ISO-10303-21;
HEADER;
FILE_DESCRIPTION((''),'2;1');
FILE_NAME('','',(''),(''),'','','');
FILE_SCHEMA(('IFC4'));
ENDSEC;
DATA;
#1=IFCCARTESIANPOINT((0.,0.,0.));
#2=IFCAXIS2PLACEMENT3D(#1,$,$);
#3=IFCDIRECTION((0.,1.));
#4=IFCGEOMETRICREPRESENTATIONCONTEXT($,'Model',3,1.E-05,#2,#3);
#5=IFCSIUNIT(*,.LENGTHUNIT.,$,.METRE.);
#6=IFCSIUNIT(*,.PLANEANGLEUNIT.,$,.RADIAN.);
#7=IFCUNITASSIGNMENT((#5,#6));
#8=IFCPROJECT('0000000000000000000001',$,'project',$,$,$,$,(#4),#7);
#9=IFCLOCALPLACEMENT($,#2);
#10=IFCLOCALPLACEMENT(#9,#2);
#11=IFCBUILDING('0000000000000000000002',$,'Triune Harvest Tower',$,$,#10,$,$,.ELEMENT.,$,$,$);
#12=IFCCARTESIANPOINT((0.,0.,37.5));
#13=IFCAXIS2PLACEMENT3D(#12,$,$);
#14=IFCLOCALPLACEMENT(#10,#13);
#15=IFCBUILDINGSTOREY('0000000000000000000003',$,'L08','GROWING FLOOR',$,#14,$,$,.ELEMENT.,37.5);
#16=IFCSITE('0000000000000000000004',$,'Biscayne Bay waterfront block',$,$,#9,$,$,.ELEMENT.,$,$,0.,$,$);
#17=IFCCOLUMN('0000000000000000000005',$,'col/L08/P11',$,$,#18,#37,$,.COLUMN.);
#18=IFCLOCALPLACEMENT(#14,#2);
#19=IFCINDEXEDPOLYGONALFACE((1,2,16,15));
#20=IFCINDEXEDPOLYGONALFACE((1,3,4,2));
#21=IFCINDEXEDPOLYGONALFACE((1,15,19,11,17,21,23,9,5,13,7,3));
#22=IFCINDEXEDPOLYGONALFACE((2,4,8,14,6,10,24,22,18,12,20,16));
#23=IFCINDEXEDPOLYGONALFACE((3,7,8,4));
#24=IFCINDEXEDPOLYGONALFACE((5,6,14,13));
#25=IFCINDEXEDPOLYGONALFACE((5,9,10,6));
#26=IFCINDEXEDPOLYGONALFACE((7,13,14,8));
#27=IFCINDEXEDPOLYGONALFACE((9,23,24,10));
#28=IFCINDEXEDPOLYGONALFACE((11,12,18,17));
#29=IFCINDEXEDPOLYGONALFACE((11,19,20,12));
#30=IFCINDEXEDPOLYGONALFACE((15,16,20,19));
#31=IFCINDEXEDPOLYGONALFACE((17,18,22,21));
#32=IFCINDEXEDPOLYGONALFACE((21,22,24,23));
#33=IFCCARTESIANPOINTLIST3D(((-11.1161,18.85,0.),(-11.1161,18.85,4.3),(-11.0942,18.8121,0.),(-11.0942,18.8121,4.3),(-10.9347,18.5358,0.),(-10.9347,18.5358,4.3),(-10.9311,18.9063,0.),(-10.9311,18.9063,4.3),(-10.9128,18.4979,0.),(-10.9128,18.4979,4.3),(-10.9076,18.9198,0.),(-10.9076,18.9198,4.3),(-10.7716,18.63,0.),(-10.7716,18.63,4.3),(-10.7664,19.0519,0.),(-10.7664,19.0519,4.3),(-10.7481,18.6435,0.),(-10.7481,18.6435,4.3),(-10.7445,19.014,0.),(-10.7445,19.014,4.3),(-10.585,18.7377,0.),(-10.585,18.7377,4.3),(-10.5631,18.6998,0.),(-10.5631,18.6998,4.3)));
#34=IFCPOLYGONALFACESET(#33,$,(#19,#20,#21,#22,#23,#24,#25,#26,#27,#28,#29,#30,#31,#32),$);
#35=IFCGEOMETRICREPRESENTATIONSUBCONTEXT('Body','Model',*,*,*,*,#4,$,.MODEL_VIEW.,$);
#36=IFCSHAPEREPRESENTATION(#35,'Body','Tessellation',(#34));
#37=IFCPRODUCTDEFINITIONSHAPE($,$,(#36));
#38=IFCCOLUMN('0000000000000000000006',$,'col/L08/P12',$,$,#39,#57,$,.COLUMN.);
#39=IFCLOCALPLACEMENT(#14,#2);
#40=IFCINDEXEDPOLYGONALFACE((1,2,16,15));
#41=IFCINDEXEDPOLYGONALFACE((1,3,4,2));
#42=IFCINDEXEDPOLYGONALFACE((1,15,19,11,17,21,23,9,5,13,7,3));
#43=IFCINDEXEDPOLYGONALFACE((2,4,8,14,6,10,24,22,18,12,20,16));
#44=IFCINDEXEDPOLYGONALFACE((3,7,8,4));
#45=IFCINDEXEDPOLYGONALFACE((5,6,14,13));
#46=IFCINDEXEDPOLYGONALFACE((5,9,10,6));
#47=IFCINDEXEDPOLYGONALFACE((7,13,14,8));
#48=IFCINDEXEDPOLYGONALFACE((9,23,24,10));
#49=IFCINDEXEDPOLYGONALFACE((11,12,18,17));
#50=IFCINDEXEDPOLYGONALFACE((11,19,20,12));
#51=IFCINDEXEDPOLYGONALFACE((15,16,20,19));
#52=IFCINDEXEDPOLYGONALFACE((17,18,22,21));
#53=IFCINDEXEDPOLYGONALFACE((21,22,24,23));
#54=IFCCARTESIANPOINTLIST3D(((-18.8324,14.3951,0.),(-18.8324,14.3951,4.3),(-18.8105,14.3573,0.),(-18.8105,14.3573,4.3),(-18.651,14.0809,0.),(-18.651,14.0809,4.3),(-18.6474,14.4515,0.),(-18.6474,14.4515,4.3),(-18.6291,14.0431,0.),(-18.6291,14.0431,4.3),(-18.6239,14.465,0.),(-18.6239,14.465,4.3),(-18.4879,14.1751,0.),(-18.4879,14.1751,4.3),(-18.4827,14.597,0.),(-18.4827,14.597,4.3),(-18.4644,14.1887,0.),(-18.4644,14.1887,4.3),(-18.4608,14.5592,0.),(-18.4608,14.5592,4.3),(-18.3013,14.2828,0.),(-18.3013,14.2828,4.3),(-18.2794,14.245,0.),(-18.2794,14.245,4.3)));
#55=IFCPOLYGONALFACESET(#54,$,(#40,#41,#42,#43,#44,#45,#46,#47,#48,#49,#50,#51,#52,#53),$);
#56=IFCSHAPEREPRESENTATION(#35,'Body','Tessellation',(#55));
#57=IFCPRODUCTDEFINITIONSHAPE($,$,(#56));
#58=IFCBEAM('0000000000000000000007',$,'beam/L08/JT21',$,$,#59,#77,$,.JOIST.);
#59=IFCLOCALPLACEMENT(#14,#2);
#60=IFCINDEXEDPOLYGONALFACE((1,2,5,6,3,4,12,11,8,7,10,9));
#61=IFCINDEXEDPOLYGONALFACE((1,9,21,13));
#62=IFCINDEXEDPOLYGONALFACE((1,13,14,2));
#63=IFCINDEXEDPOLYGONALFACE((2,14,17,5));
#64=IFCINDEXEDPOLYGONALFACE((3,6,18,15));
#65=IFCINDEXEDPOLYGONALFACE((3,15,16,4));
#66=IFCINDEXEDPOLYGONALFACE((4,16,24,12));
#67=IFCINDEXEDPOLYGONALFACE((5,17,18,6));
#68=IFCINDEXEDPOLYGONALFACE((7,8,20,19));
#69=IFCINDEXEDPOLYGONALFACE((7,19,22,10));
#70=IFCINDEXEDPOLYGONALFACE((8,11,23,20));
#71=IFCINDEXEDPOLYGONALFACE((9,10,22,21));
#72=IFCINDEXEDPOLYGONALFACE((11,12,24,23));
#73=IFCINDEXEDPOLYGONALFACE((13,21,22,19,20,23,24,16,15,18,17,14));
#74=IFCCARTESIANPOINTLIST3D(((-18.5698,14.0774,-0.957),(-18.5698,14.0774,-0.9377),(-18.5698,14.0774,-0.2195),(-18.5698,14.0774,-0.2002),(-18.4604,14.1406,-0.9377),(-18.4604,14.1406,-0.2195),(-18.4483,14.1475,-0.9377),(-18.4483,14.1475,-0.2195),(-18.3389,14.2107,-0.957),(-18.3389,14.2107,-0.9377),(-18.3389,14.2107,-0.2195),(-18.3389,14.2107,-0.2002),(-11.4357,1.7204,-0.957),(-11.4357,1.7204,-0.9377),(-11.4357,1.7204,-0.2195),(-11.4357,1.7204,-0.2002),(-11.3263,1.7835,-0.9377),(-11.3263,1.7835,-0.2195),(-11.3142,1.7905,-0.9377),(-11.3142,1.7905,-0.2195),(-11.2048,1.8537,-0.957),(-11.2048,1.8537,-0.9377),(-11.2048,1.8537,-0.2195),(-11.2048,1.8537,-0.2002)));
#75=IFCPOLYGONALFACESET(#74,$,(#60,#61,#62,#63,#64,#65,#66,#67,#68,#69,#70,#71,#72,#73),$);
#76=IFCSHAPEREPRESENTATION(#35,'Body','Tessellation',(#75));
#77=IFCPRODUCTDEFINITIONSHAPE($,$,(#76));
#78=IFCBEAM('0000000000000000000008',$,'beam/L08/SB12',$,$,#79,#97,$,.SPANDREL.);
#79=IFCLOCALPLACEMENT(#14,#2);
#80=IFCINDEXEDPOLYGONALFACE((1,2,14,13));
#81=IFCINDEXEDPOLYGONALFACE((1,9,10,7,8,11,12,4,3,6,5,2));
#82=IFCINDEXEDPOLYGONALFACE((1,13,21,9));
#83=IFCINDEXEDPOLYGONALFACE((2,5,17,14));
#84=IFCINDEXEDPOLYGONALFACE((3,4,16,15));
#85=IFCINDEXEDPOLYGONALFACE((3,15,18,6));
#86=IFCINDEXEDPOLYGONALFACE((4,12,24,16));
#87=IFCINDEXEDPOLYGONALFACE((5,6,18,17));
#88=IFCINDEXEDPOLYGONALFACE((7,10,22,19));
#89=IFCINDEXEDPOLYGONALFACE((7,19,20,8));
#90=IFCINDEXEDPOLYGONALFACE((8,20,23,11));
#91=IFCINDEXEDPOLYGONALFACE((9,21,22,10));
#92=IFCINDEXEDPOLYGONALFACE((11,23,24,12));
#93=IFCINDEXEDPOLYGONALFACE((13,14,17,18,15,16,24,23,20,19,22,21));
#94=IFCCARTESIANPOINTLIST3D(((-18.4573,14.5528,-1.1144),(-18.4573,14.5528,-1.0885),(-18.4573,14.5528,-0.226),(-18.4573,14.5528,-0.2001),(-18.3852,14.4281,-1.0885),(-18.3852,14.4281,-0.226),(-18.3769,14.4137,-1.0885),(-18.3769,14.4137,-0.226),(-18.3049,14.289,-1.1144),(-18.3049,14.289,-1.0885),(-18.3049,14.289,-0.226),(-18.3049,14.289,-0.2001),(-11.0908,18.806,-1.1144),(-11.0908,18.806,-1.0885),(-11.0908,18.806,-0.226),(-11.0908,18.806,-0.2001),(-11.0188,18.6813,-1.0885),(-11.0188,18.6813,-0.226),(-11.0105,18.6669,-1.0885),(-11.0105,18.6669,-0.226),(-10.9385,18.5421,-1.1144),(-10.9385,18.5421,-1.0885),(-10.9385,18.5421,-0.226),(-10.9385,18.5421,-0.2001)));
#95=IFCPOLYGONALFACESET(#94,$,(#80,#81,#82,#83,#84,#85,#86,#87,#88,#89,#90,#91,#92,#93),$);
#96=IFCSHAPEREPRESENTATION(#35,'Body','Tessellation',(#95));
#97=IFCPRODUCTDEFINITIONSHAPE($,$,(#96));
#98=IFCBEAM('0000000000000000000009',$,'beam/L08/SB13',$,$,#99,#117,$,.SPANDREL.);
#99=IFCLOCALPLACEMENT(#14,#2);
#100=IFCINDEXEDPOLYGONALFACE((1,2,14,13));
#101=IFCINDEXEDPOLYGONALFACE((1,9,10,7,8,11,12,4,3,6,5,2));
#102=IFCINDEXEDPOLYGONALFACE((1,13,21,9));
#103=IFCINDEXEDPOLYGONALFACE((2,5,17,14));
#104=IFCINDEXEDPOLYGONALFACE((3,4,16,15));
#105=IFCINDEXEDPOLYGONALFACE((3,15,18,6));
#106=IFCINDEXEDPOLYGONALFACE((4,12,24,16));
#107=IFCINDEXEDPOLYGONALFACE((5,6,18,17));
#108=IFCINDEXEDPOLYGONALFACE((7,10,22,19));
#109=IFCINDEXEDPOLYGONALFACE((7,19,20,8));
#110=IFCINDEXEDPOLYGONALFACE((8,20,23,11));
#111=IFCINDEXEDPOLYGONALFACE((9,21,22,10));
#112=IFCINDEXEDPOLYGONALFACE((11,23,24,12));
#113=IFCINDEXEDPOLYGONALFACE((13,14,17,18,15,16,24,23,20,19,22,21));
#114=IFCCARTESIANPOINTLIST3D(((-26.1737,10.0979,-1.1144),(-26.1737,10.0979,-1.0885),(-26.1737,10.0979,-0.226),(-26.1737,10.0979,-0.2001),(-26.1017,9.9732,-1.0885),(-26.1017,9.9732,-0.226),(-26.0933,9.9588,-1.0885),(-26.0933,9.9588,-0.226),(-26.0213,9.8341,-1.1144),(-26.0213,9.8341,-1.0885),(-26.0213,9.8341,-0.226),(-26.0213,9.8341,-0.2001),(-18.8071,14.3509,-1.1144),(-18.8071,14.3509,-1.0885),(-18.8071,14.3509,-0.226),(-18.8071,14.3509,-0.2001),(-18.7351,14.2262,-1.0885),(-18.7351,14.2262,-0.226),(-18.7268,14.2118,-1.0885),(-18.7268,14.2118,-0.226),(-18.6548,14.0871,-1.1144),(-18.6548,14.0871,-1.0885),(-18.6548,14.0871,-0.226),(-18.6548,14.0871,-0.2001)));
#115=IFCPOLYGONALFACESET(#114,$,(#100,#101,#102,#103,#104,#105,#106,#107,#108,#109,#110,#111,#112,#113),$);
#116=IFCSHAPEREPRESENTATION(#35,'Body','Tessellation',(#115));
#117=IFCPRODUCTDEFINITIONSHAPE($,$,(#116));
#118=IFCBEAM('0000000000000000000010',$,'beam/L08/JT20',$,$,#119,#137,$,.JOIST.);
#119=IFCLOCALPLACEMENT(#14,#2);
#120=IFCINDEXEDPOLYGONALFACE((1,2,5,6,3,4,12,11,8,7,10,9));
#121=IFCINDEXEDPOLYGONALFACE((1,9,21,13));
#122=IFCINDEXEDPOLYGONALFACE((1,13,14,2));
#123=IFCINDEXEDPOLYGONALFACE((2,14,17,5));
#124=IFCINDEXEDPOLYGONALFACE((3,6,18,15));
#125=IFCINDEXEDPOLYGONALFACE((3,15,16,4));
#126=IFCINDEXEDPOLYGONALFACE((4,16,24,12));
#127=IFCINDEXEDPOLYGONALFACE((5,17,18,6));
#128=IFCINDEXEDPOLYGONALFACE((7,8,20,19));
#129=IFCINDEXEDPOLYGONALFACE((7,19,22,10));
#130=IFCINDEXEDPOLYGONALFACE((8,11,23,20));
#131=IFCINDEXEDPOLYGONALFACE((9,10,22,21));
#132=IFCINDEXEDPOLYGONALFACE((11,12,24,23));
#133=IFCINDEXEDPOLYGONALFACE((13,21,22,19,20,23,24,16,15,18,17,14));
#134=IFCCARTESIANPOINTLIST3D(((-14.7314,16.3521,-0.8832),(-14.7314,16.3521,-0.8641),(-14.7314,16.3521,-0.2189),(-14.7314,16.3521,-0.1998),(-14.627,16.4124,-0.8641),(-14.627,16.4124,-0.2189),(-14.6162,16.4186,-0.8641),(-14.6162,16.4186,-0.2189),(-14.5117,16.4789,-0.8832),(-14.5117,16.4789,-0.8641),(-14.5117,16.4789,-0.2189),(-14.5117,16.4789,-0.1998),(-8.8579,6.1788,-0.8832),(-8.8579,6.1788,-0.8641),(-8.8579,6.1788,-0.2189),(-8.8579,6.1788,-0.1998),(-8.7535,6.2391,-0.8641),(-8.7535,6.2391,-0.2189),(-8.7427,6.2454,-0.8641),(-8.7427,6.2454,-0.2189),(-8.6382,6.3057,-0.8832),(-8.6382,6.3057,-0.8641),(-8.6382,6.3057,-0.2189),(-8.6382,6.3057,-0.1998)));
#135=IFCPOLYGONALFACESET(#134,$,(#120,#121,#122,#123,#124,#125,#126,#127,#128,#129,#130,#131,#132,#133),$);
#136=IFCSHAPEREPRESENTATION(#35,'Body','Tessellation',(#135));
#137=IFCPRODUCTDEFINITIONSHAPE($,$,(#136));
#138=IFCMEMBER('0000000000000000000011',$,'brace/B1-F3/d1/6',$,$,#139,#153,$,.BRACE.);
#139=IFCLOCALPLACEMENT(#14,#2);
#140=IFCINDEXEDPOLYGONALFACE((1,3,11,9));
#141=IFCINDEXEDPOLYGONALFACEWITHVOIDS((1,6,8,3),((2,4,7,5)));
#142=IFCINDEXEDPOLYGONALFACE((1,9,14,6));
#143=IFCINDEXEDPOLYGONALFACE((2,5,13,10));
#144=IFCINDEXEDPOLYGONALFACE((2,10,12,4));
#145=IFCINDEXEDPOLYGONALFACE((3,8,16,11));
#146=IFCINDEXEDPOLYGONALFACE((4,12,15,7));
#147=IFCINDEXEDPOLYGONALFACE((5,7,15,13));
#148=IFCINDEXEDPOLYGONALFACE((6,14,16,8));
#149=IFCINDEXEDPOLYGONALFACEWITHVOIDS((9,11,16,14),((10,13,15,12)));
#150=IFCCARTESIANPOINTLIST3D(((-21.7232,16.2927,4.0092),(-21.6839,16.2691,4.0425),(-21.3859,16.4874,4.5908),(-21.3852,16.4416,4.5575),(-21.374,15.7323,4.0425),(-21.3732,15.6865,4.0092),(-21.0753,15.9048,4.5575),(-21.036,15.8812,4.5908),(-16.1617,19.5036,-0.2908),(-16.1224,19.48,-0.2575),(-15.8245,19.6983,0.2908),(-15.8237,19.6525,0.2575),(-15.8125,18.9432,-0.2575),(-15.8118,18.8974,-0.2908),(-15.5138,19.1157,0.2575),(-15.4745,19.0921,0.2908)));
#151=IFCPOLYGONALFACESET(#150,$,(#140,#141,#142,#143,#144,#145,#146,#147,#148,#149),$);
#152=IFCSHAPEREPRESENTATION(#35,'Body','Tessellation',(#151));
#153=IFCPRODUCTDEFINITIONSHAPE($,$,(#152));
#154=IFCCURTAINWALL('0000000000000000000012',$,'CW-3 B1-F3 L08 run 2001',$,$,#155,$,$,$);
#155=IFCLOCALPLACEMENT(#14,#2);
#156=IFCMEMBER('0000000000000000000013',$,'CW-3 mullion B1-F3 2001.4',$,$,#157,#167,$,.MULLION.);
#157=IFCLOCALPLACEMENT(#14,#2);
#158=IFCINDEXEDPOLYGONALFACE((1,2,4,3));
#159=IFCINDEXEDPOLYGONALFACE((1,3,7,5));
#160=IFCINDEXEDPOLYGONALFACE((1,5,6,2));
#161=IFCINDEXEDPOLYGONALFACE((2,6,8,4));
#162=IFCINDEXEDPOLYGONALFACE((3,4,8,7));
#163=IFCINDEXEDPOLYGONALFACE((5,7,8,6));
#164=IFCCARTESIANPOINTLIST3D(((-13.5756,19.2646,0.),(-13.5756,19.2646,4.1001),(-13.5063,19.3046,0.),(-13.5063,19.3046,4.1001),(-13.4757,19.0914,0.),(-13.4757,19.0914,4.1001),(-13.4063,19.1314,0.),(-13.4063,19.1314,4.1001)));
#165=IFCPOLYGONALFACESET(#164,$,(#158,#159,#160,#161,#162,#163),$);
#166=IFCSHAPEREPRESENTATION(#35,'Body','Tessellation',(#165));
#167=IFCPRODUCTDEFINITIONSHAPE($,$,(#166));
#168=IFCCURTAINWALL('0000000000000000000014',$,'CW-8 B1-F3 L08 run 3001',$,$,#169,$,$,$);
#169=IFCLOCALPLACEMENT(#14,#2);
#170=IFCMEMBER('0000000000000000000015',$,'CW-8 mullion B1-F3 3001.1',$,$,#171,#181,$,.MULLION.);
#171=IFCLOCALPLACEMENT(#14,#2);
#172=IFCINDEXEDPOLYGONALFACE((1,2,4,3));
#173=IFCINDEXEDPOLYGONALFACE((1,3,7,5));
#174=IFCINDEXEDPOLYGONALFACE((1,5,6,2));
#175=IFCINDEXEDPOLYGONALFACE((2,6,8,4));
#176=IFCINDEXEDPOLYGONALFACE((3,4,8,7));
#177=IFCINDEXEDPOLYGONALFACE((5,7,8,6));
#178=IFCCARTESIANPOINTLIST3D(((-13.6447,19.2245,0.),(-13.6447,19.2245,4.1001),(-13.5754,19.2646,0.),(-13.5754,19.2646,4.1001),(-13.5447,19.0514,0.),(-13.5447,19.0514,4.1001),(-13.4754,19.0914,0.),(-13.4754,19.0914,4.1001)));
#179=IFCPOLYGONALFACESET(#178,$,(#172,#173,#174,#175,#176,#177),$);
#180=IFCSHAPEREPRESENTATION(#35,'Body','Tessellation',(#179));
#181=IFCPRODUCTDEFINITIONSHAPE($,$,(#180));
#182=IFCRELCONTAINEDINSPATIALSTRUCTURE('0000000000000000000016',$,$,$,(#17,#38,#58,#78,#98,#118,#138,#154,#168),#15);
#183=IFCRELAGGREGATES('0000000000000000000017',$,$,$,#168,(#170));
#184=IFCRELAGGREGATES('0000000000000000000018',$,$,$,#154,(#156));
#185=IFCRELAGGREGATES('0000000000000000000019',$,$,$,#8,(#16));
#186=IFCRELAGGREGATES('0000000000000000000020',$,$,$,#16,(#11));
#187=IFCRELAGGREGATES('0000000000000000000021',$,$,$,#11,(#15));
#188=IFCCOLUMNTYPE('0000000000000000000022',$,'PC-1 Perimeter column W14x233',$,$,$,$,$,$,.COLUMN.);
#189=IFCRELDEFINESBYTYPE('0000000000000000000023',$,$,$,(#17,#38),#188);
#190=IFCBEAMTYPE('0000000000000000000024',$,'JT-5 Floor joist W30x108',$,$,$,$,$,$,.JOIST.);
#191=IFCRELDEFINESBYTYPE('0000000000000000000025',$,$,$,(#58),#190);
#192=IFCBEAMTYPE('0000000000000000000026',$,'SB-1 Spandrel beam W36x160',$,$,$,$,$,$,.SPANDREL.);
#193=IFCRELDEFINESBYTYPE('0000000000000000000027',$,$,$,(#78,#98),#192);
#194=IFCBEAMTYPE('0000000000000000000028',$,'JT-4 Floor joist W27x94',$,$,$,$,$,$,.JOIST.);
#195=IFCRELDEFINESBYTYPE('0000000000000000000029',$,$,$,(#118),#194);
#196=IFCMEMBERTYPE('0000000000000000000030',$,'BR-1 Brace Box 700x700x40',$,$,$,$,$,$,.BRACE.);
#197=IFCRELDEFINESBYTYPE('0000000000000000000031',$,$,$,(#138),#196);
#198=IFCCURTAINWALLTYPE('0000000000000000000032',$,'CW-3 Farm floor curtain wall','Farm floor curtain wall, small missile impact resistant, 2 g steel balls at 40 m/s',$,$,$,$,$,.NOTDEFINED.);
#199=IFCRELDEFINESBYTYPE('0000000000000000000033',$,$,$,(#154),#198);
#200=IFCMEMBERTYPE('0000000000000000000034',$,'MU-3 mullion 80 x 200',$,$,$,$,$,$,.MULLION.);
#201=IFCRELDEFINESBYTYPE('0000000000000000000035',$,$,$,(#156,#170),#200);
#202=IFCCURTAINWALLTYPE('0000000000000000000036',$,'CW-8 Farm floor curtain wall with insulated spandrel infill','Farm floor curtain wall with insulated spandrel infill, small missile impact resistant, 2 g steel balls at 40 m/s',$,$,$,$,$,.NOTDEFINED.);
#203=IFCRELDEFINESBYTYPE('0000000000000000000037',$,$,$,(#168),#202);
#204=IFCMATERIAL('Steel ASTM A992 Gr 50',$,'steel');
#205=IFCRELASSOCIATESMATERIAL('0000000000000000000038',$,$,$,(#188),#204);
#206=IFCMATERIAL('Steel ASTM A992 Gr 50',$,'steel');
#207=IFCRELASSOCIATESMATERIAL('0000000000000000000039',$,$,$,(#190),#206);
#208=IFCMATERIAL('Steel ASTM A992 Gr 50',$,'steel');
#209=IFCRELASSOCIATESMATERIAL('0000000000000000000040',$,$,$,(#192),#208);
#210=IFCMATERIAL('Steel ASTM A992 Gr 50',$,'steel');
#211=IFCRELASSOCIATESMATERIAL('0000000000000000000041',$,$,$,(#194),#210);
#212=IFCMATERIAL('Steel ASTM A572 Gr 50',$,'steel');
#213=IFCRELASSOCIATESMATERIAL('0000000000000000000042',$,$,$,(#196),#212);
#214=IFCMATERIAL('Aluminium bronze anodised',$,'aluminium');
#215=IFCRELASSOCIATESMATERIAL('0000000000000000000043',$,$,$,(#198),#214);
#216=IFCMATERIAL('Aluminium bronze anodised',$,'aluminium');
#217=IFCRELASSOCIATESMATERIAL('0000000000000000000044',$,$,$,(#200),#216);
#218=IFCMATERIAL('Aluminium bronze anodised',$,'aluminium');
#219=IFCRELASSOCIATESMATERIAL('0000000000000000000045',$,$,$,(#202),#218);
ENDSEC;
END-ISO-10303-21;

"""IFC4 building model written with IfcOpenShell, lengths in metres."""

from ifc_helpers import new_model, si_unit, direction, frame, origin, origin_2d, place, context, subcontext, project, spatial, rectangle, hollow_rectangle, i_section, extrude, source, transform, mapped, material, material_profile, profile_set, type_object, element, aggregate, save


model = new_model("IFC4")

# Units and contexts
model_context = context("Model", 3, precision=1e-05, world=origin(), true_north=direction((0.0, 1.0)))
body_context = subcontext(model_context, "Body", "Model", "MODEL_VIEW")
ifc_project = project(units=[si_unit("LENGTHUNIT", "METRE"), si_unit("PLANEANGLEUNIT", "RADIAN")], contexts=[model_context])

# Site, building, storey
site_placement = place(None, origin())
site = spatial("IfcSite", under=ifc_project, at=site_placement, Name="Biscayne Bay waterfront block", CompositionType="ELEMENT", RefElevation=0.0)
building_placement = place(site_placement, origin())
building = spatial("IfcBuilding", under=site, at=building_placement, Name="Triune Harvest Tower", CompositionType="ELEMENT")
storey_placement = place(building_placement, frame((0.0, 0.0, 37.5)))
storey = spatial("IfcBuildingStorey", under=building, at=storey_placement, Name="L08", Description="GROWING FLOOR", CompositionType="ELEMENT", Elevation=37.5)

# Columns
ifc_material_1 = material(Name="Steel ASTM A992 Gr 50", Category="steel")
ifc_material_profile_1 = material_profile(ifc_material_1, i_section(OverallWidth=0.4038, OverallDepth=0.4065, WebThickness=0.0271, FlangeThickness=0.0437, at=origin_2d()), Name="W14x233")
ifc_profile_set_1 = profile_set([ifc_material_profile_1], Name="Steel ASTM A992 Gr 50")
column_type = type_object("IfcColumnType", Name="PC-1 Perimeter column W14x233", PredefinedType="COLUMN", material=ifc_profile_set_1)
shared_shape_1 = source(origin(), body_context, "Body", "SweptSolid", [
    extrude(i_section(OverallWidth=0.4038, OverallDepth=0.4065, WebThickness=0.0271, FlangeThickness=0.0437, at=origin_2d()), origin(), (0.0, 0.0, 1.0), 4.3),
])
for number, where, z_axis, x_axis, name in (
    (1, (-10.8396, 18.7749, 0.0), (0.0, 0.0, 1.0), (-0.866025, -0.5, 0.0), "col/L08/P11"),
    (2, (-18.5559, 14.3201, 0.0), (0.0, 0.0, 1.0), (-0.866025, -0.5, 0.0), "col/L08/P12"),
):
    element("IfcColumn", number, at=place(storey_placement, frame(where, z_axis=z_axis, x_axis=x_axis)), inside=storey, type_object=column_type, Name=name, PredefinedType="COLUMN", context=body_context, shape_type="MappedRepresentation", body=[
        mapped(shared_shape_1, transform((0.0, 0.0, 0.0), scale=1.0)),
    ])

# Beams
ifc_material_2 = material(Name="Steel ASTM A992 Gr 50", Category="steel")
ifc_material_profile_2 = material_profile(ifc_material_2, i_section(OverallWidth=0.2666, OverallDepth=0.7568, WebThickness=0.0139, FlangeThickness=0.0193, at=origin_2d()), Name="W30x108")
ifc_profile_set_2 = profile_set([ifc_material_profile_2], Name="Steel ASTM A992 Gr 50")
beam_type_1 = type_object("IfcBeamType", Name="JT-5 Floor joist W30x108", PredefinedType="JOIST", material=ifc_profile_set_2)
shared_shape_2 = source(origin(), body_context, "Body", "SweptSolid", [
    extrude(i_section(OverallWidth=0.2666, OverallDepth=0.7568, WebThickness=0.0139, FlangeThickness=0.0193, at=origin_2d()), origin(), (0.0, 0.0, 1.0), 14.2686),
])
beam_1_placement = place(storey_placement, frame((-18.4543, 14.144, -0.5786), z_axis=(0.499987, -0.866033, 0.0), x_axis=(0.866033, 0.499987, 0.0)))
element("IfcBeam", 3, at=beam_1_placement, inside=storey, type_object=beam_type_1, Name="beam/L08/JT21", PredefinedType="JOIST", context=body_context, shape_type="MappedRepresentation", body=[
    mapped(shared_shape_2, transform((0.0, 0.0, 0.0), scale=1.0)),
])
ifc_material_3 = material(Name="Steel ASTM A992 Gr 50", Category="steel")
ifc_material_profile_3 = material_profile(ifc_material_3, i_section(OverallWidth=0.3047, OverallDepth=0.9143, WebThickness=0.0166, FlangeThickness=0.0259, at=origin_2d()), Name="W36x160")
ifc_profile_set_3 = profile_set([ifc_material_profile_3], Name="Steel ASTM A992 Gr 50")
beam_type_2 = type_object("IfcBeamType", Name="SB-1 Spandrel beam W36x160", PredefinedType="SPANDREL", material=ifc_profile_set_3)
shared_shape_3 = source(origin(), body_context, "Body", "SweptSolid", [
    extrude(i_section(OverallWidth=0.3047, OverallDepth=0.9143, WebThickness=0.0166, FlangeThickness=0.0259, at=origin_2d()), origin(), (0.0, 0.0, 1.0), 8.5061),
])
for number, where, z_axis, x_axis, name in (
    (4, (-11.0146, 18.6741, -0.6572), (-0.866018, -0.500013, 0.0), (0.500013, -0.866018, 0.0), "beam/L08/SB12"),
    (5, (-18.731, 14.219, -0.6572), (-0.86603, -0.499992, 0.0), (0.499992, -0.86603, 0.0), "beam/L08/SB13"),
):
    element("IfcBeam", number, at=place(storey_placement, frame(where, z_axis=z_axis, x_axis=x_axis)), inside=storey, type_object=beam_type_2, Name=name, PredefinedType="SPANDREL", context=body_context, shape_type="MappedRepresentation", body=[
        mapped(shared_shape_3, transform((0.0, 0.0, 0.0), scale=1.0)),
    ])
ifc_material_4 = material(Name="Steel ASTM A992 Gr 50", Category="steel")
ifc_material_profile_4 = material_profile(ifc_material_4, i_section(OverallWidth=0.2537, OverallDepth=0.6833, WebThickness=0.0125, FlangeThickness=0.019, at=origin_2d()), Name="W27x94")
ifc_profile_set_4 = profile_set([ifc_material_profile_4], Name="Steel ASTM A992 Gr 50")
beam_type_3 = type_object("IfcBeamType", Name="JT-4 Floor joist W27x94", PredefinedType="JOIST", material=ifc_profile_set_4)
shared_shape_4 = source(origin(), body_context, "Body", "SweptSolid", [
    extrude(i_section(OverallWidth=0.2537, OverallDepth=0.6833, WebThickness=0.0125, FlangeThickness=0.019, at=origin_2d()), origin(), (0.0, 0.0, 1.0), 11.7471),
])
beam_2_placement = place(storey_placement, frame((-14.6216, 16.4155, -0.5415), z_axis=(0.499997, -0.866027, 0.0), x_axis=(0.866027, 0.499997, 0.0)))
element("IfcBeam", 6, at=beam_2_placement, inside=storey, type_object=beam_type_3, Name="beam/L08/JT20", PredefinedType="JOIST", context=body_context, shape_type="MappedRepresentation", body=[
    mapped(shared_shape_4, transform((0.0, 0.0, 0.0), scale=1.0)),
])

# Member
ifc_material_5 = material(Name="Steel ASTM A572 Gr 50", Category="steel")
ifc_material_profile_5 = material_profile(ifc_material_5, hollow_rectangle(XDim=0.7, YDim=0.7, WallThickness=0.04, at=origin_2d()), Name="Box 700x700x40")
ifc_profile_set_5 = profile_set([ifc_material_profile_5], Name="Steel ASTM A572 Gr 50")
member_type_1 = type_object("IfcMemberType", Name="BR-1 Brace Box 700x700x40", PredefinedType="BRACE", material=ifc_profile_set_5)
shared_shape_5 = source(origin(), body_context, "Body", "SweptSolid", [
    extrude(hollow_rectangle(XDim=0.7, YDim=0.7, WallThickness=0.04, at=origin_2d()), origin(), (0.0, 0.0, 1.0), 7.7285),
])
member_1_placement = place(storey_placement, frame((-15.8181, 19.2979, 0.0), z_axis=(-0.719604, -0.415462, 0.556382), x_axis=(0.499999, -0.866026, 0.0)))
element("IfcMember", 7, at=member_1_placement, inside=storey, type_object=member_type_1, Name="brace/B1-F3/d1/6", PredefinedType="BRACE", context=body_context, shape_type="MappedRepresentation", body=[
    mapped(shared_shape_5, transform((0.0, 0.0, 0.0), scale=1.0)),
])

# Curtain wall, member
ifc_material_6 = material(Name="Aluminium bronze anodised", Category="aluminium")
curtain_wall_type_1 = type_object("IfcCurtainWallType", Name="CW-3 Farm floor curtain wall", Description="Farm floor curtain wall, small missile impact resistant, 2 g steel balls at 40 m/s", PredefinedType="NOTDEFINED", material=ifc_material_6)
curtain_wall_1_placement = place(storey_placement, origin())
curtain_wall_1 = element("IfcCurtainWall", 8, at=curtain_wall_1_placement, inside=storey, type_object=curtain_wall_type_1, Name="CW-3 B1-F3 L08 run 2001")
ifc_material_7 = material(Name="Aluminium bronze anodised", Category="aluminium")
ifc_material_profile_6 = material_profile(ifc_material_7, rectangle(XDim=0.2, YDim=0.0801, at=origin_2d()), Name="MU-3 mullion 80 x 200")
ifc_profile_set_6 = profile_set([ifc_material_profile_6], Name="Aluminium bronze anodised")
member_type_2 = type_object("IfcMemberType", Name="MU-3 mullion 80 x 200", PredefinedType="MULLION", material=ifc_profile_set_6)
shared_shape_6 = source(origin(), body_context, "Body", "SweptSolid", [
    extrude(rectangle(XDim=0.2, YDim=0.0801, at=origin_2d()), origin(), (0.0, 0.0, 1.0), 4.1001),
])
member_2_placement = place(storey_placement, frame((-13.491, 19.198, 0.0), z_axis=(0.0, 0.0, 1.0), x_axis=(0.499998, -0.866027, 0.0)))
member_2 = element("IfcMember", 9, at=member_2_placement, type_object=member_type_2, Name="CW-3 mullion B1-F3 2001.4", PredefinedType="MULLION", context=body_context, shape_type="MappedRepresentation", body=[
    mapped(shared_shape_6, transform((0.0, 0.0, 0.0), scale=1.0)),
])

# Curtain wall, member
ifc_material_8 = material(Name="Aluminium bronze anodised", Category="aluminium")
curtain_wall_type_2 = type_object("IfcCurtainWallType", Name="CW-8 Farm floor curtain wall with insulated spandrel infill", Description="Farm floor curtain wall with insulated spandrel infill, small missile impact resistant, 2 g steel balls at 40 m/s", PredefinedType="NOTDEFINED", material=ifc_material_8)
curtain_wall_2_placement = place(storey_placement, origin())
curtain_wall_2 = element("IfcCurtainWall", 10, at=curtain_wall_2_placement, inside=storey, type_object=curtain_wall_type_2, Name="CW-8 B1-F3 L08 run 3001")
member_3_placement = place(storey_placement, frame((-13.5601, 19.158, 0.0), z_axis=(0.0, 0.0, 1.0), x_axis=(0.500003, -0.866024, 0.0)))
member_3 = element("IfcMember", 11, at=member_3_placement, type_object=member_type_2, Name="CW-8 mullion B1-F3 3001.1", PredefinedType="MULLION", context=body_context, shape_type="MappedRepresentation", body=[
    mapped(shared_shape_6, transform((0.0, 0.0, 0.0), scale=1.0)),
])
aggregate(curtain_wall_2, [member_3])

aggregate(curtain_wall_1, [member_2])

save(model, "model.ifc")
